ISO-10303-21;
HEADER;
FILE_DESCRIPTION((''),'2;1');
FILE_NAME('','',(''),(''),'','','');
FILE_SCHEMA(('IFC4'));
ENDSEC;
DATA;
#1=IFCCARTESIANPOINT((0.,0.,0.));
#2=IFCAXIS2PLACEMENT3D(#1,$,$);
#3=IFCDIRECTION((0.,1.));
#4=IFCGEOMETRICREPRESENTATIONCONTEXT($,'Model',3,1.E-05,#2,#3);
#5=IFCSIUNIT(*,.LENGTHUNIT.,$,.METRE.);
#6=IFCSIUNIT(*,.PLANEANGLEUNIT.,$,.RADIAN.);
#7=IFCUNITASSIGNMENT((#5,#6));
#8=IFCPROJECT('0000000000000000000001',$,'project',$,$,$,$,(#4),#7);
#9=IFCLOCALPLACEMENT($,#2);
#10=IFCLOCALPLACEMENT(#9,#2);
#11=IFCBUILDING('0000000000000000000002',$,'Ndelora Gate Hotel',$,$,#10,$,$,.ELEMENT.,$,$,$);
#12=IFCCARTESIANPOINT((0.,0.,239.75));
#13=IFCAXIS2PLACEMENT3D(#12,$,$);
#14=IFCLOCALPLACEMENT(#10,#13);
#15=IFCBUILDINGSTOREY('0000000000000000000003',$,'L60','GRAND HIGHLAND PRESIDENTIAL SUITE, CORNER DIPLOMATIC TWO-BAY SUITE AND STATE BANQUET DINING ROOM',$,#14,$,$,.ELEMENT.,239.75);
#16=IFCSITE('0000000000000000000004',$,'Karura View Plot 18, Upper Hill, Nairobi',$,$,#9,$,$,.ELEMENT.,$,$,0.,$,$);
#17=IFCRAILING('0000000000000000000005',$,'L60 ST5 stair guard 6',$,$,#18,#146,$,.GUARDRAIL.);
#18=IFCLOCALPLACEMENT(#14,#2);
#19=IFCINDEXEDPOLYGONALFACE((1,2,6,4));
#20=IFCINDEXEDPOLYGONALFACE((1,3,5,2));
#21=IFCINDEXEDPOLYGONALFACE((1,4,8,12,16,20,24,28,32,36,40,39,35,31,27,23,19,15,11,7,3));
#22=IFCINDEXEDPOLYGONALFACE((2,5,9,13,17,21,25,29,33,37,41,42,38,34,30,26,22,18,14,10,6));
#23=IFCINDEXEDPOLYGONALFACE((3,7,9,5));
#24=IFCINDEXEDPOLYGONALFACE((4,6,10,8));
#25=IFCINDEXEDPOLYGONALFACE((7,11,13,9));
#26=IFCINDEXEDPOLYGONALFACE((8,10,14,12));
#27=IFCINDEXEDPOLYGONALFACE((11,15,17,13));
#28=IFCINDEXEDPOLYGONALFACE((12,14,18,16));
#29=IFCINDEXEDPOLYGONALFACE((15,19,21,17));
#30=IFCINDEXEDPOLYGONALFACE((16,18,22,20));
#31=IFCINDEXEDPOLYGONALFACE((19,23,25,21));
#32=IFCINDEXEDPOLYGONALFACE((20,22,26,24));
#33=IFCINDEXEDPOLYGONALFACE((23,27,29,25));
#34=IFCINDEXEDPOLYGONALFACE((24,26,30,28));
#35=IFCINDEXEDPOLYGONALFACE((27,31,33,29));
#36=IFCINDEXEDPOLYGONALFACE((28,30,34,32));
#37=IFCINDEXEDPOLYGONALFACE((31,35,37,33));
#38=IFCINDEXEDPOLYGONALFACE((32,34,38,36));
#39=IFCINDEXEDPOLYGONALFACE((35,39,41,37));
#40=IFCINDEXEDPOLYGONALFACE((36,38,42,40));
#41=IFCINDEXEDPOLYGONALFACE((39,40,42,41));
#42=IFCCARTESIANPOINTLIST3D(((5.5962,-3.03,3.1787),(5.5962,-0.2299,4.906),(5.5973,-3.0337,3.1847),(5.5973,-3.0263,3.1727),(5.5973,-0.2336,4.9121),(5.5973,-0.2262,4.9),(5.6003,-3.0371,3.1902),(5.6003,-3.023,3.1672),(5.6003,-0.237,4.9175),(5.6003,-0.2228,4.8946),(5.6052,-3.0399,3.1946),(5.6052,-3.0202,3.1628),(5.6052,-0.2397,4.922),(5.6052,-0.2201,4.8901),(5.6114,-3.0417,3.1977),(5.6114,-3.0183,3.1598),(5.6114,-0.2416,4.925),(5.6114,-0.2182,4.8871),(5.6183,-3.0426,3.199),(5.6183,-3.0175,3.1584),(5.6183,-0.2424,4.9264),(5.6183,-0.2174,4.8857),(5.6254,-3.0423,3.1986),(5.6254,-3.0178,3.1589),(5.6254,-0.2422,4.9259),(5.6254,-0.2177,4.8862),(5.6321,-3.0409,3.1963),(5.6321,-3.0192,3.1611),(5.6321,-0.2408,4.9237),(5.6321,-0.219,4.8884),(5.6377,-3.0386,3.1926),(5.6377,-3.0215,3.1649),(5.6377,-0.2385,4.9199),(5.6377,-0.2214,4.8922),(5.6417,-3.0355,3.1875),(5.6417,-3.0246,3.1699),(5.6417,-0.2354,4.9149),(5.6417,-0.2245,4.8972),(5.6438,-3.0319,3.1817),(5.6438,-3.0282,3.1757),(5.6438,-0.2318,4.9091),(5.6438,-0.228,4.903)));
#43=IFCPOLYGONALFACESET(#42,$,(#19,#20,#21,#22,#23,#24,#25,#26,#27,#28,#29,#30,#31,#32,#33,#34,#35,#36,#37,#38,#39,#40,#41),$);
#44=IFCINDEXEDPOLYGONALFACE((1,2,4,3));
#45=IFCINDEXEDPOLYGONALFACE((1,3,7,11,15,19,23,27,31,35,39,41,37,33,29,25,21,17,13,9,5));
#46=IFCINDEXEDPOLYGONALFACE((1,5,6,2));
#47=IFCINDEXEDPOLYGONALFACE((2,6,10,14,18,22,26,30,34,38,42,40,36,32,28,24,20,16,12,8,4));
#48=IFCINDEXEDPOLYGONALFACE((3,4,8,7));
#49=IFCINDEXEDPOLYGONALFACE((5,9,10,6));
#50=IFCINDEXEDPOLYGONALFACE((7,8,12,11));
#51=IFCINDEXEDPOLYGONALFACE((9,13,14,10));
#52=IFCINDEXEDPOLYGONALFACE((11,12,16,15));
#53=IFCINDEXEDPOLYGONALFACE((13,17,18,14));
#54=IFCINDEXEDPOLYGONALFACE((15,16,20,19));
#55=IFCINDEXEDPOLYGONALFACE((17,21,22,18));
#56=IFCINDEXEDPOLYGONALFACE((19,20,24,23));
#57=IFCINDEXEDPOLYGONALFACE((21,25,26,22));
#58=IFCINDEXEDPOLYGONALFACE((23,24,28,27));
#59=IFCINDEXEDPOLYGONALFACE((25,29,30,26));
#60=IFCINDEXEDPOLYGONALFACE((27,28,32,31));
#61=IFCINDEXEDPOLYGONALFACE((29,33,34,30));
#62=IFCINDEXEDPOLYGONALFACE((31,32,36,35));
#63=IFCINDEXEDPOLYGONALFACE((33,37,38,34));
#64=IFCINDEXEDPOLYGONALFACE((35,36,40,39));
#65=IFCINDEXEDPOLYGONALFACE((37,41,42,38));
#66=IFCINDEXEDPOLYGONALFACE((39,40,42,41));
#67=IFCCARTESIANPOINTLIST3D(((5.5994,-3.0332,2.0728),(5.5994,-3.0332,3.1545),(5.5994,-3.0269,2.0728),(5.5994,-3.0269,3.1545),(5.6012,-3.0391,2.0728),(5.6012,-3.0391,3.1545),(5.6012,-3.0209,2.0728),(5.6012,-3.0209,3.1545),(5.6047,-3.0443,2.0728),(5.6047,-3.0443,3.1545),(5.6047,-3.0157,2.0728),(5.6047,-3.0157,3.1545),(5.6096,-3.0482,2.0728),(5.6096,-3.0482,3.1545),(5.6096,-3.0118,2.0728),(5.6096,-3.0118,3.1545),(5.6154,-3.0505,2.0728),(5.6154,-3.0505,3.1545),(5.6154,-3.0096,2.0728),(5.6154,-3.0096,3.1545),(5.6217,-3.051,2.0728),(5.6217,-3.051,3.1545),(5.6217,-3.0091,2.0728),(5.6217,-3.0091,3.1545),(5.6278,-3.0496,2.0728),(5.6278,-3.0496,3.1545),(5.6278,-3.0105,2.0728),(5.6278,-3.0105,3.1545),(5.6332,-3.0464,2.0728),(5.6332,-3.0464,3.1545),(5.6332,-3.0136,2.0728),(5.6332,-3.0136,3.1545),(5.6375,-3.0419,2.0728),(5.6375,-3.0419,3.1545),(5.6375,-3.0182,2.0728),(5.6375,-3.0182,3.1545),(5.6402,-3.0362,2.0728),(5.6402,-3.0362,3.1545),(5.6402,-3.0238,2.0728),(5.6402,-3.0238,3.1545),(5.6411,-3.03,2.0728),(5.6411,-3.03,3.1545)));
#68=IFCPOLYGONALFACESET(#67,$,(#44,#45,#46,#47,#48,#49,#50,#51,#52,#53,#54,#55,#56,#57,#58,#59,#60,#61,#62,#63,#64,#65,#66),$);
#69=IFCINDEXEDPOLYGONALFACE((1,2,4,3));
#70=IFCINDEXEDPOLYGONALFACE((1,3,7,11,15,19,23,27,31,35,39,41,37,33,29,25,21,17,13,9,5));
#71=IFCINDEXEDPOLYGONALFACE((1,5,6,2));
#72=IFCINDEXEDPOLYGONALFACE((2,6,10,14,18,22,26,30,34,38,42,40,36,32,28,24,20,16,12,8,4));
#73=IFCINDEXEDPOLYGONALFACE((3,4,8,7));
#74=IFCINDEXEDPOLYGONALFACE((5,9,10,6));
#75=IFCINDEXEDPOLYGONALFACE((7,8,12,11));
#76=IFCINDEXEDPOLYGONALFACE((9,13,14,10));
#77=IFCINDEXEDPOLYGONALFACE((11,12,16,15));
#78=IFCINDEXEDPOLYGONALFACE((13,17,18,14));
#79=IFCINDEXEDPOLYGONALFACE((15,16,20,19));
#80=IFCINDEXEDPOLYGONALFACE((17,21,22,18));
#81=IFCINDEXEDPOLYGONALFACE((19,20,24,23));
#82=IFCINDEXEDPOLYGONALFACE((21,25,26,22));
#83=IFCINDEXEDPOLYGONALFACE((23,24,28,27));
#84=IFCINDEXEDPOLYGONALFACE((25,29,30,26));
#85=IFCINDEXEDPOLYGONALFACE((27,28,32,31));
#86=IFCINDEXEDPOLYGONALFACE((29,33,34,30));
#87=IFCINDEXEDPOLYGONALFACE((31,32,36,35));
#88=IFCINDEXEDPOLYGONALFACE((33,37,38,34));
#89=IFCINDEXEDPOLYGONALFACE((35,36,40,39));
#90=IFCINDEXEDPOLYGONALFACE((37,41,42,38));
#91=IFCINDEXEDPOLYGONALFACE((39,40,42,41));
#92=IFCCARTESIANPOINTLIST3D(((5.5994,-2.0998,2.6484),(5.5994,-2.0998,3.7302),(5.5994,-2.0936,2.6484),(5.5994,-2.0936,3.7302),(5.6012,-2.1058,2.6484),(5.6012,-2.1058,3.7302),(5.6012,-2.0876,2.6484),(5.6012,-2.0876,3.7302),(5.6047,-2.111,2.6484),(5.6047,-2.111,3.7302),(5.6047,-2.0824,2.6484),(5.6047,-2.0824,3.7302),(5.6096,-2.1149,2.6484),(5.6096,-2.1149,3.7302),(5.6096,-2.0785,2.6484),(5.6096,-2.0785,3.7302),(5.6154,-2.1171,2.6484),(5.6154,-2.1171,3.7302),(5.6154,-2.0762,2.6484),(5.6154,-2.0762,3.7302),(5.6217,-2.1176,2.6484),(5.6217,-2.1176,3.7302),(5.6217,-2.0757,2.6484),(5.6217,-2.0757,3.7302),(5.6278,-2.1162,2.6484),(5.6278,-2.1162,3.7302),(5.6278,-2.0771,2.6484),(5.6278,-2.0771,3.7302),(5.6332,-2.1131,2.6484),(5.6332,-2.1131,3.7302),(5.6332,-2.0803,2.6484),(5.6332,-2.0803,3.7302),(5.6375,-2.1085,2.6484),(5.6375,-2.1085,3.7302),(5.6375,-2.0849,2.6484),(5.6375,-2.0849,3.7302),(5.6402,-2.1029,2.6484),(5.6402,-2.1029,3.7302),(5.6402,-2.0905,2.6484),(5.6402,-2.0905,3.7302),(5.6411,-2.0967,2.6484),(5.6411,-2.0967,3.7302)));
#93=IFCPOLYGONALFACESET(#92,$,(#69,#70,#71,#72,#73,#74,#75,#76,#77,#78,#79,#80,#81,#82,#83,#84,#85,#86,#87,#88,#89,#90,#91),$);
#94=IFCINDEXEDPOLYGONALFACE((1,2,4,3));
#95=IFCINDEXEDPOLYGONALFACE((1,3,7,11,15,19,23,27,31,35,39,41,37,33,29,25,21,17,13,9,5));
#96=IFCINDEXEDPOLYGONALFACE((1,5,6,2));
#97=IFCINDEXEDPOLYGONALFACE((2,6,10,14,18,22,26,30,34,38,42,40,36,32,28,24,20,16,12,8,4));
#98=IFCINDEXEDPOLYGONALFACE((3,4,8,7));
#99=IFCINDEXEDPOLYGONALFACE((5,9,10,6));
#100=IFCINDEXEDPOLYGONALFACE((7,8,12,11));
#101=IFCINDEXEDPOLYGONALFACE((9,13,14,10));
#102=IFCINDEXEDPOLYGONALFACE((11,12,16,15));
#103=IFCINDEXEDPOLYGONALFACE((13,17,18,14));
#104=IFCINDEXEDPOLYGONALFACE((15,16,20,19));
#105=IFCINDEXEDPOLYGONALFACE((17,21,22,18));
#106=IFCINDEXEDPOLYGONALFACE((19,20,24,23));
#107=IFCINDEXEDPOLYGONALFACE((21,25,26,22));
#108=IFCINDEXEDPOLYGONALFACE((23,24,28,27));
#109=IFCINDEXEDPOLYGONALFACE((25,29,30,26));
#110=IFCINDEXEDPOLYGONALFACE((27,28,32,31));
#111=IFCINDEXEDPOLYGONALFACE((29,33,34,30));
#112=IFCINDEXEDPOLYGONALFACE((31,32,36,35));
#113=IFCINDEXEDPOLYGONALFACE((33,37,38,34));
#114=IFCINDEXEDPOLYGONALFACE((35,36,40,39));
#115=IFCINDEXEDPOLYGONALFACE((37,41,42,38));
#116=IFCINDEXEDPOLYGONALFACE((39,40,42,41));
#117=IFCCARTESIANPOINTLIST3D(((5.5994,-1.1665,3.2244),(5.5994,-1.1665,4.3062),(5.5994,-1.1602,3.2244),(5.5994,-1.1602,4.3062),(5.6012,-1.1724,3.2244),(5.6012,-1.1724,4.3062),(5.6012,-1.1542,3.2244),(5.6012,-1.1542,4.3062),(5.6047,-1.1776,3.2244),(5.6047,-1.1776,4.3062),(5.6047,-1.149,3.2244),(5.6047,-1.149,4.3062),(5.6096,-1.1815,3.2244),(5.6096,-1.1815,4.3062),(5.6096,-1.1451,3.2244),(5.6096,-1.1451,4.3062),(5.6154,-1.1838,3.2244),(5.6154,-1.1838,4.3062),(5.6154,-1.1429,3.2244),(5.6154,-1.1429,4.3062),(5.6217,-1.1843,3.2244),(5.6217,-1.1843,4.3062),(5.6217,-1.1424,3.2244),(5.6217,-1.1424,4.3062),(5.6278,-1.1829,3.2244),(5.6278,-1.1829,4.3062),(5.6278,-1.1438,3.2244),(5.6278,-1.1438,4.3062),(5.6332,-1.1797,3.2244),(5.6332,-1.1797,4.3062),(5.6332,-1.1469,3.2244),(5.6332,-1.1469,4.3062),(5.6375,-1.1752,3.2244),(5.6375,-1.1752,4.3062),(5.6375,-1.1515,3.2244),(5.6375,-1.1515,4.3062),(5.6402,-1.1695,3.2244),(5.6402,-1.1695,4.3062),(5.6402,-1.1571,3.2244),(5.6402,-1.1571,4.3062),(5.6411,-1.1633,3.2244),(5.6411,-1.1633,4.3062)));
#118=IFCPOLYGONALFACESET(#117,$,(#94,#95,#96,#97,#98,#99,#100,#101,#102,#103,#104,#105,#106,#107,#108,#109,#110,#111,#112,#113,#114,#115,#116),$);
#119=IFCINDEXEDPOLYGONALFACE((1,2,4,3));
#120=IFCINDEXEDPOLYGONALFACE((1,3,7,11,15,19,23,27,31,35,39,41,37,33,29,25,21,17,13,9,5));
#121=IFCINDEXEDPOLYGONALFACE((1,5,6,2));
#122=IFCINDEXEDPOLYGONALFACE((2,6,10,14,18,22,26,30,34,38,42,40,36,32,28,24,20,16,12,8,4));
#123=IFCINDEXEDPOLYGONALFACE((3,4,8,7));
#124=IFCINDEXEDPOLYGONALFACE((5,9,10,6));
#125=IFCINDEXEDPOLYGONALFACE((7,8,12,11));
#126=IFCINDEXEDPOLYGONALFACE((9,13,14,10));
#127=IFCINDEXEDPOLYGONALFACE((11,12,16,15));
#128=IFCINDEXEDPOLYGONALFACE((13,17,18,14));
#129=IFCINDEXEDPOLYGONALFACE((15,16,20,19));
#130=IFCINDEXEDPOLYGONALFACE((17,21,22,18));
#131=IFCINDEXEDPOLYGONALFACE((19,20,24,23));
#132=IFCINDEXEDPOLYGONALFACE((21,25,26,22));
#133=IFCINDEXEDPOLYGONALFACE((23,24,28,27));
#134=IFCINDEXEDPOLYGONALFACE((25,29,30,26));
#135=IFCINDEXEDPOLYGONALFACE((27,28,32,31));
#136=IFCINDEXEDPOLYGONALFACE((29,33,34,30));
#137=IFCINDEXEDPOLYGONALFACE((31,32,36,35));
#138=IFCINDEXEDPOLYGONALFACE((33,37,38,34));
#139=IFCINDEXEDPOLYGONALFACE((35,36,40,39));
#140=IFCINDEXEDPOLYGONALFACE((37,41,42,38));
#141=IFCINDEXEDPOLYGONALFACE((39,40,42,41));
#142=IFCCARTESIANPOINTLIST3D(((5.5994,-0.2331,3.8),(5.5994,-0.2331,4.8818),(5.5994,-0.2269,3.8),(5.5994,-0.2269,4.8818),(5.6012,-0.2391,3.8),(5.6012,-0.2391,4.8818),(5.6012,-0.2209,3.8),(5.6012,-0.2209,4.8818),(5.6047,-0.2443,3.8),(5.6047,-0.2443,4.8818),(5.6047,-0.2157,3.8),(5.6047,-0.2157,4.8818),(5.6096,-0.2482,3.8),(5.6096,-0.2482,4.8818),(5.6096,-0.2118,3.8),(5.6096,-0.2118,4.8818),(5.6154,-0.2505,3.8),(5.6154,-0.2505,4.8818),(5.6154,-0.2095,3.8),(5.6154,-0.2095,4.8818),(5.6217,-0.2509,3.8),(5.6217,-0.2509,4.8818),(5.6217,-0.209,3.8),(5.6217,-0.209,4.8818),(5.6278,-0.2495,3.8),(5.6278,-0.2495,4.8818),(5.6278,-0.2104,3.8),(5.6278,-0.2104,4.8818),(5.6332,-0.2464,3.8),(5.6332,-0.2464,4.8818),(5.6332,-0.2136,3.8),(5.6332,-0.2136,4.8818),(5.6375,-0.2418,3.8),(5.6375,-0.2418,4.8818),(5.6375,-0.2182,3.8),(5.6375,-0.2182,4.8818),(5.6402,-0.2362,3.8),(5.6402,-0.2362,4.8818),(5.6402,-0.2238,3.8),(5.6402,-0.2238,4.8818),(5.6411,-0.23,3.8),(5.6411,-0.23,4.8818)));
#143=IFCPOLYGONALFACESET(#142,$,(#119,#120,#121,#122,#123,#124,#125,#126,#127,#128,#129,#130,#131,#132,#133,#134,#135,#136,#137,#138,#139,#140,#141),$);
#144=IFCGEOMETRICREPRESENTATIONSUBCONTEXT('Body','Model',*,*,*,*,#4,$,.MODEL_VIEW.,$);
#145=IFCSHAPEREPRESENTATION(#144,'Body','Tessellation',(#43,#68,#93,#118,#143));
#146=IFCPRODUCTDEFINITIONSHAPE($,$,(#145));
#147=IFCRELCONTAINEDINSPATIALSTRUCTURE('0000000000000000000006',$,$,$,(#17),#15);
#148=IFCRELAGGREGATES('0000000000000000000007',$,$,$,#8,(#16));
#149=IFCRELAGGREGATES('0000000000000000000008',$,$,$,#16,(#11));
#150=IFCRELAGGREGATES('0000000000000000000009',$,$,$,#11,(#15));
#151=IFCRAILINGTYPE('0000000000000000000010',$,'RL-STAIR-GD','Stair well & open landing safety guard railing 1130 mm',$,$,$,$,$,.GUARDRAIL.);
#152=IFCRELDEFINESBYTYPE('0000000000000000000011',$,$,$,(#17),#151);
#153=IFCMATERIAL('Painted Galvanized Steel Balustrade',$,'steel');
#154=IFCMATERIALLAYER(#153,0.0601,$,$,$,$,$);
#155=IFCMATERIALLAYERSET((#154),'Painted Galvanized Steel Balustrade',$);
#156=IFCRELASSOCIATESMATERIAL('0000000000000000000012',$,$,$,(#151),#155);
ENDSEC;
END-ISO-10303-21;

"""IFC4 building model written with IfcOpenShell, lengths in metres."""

from ifc_helpers import new_model, si_unit, direction, frame, origin, origin_2d, place, context, subcontext, project, spatial, circle, extrude, material, layer, layer_set, type_object, element, save


model = new_model("IFC4")

# Units and contexts
model_context = context("Model", 3, precision=1e-05, world=origin(), true_north=direction((0.0, 1.0)))
body_context = subcontext(model_context, "Body", "Model", "MODEL_VIEW")
ifc_project = project(units=[si_unit("LENGTHUNIT", "METRE"), si_unit("PLANEANGLEUNIT", "RADIAN")], contexts=[model_context])

# Site, building, storey
site_placement = place(None, origin())
site = spatial("IfcSite", under=ifc_project, at=site_placement, Name="Karura View Plot 18, Upper Hill, Nairobi", CompositionType="ELEMENT", RefElevation=0.0)
building_placement = place(site_placement, origin())
building = spatial("IfcBuilding", under=site, at=building_placement, Name="Ndelora Gate Hotel", CompositionType="ELEMENT")
storey_placement = place(building_placement, frame((0.0, 0.0, 239.75)))
storey = spatial("IfcBuildingStorey", under=building, at=storey_placement, Name="L60", Description="GRAND HIGHLAND PRESIDENTIAL SUITE, CORNER DIPLOMATIC TWO-BAY SUITE AND STATE BANQUET DINING ROOM", CompositionType="ELEMENT", Elevation=239.75)

# Railing
ifc_material_1 = material(Name="Painted Galvanized Steel Balustrade", Category="steel")
ifc_layer_1 = layer(ifc_material_1, 0.0601)
ifc_layer_set_1 = layer_set([ifc_layer_1], Name="Painted Galvanized Steel Balustrade")
railing_type_1 = type_object("IfcRailingType", Name="RL-STAIR-GD", Description="Stair well & open landing safety guard railing 1130 mm", PredefinedType="GUARDRAIL", material=ifc_layer_set_1)
railing_1_placement = place(storey_placement, frame((5.6201, -3.03, 2.0728)))
element("IfcRailing", 1, at=railing_1_placement, inside=storey, type_object=railing_type_1, Name="L60 ST5 stair guard 6", PredefinedType="GUARDRAIL", context=body_context, shape_type="SweptSolid", body=[
    extrude(circle(Radius=0.0239, at=origin_2d()), frame((0.0, 0.0, 1.106), z_axis=(0.0, 0.85109, 0.52502), x_axis=(-1.0, 0.0, 0.0)), (0.0, 0.0, 1.0), 3.29),
    extrude(circle(Radius=0.021, at=origin_2d()), origin(), (0.0, 0.0, 1.0), 1.0818),
    extrude(circle(Radius=0.021, at=origin_2d()), frame((0.0, 0.9333, 0.5757)), (0.0, 0.0, 1.0), 1.0818),
    extrude(circle(Radius=0.021, at=origin_2d()), frame((0.0, 1.8667, 1.1516)), (0.0, 0.0, 1.0), 1.0818),
    extrude(circle(Radius=0.021, at=origin_2d()), frame((0.0, 2.8, 1.7273)), (0.0, 0.0, 1.0), 1.0818),
])

save(model, "model.ifc")
